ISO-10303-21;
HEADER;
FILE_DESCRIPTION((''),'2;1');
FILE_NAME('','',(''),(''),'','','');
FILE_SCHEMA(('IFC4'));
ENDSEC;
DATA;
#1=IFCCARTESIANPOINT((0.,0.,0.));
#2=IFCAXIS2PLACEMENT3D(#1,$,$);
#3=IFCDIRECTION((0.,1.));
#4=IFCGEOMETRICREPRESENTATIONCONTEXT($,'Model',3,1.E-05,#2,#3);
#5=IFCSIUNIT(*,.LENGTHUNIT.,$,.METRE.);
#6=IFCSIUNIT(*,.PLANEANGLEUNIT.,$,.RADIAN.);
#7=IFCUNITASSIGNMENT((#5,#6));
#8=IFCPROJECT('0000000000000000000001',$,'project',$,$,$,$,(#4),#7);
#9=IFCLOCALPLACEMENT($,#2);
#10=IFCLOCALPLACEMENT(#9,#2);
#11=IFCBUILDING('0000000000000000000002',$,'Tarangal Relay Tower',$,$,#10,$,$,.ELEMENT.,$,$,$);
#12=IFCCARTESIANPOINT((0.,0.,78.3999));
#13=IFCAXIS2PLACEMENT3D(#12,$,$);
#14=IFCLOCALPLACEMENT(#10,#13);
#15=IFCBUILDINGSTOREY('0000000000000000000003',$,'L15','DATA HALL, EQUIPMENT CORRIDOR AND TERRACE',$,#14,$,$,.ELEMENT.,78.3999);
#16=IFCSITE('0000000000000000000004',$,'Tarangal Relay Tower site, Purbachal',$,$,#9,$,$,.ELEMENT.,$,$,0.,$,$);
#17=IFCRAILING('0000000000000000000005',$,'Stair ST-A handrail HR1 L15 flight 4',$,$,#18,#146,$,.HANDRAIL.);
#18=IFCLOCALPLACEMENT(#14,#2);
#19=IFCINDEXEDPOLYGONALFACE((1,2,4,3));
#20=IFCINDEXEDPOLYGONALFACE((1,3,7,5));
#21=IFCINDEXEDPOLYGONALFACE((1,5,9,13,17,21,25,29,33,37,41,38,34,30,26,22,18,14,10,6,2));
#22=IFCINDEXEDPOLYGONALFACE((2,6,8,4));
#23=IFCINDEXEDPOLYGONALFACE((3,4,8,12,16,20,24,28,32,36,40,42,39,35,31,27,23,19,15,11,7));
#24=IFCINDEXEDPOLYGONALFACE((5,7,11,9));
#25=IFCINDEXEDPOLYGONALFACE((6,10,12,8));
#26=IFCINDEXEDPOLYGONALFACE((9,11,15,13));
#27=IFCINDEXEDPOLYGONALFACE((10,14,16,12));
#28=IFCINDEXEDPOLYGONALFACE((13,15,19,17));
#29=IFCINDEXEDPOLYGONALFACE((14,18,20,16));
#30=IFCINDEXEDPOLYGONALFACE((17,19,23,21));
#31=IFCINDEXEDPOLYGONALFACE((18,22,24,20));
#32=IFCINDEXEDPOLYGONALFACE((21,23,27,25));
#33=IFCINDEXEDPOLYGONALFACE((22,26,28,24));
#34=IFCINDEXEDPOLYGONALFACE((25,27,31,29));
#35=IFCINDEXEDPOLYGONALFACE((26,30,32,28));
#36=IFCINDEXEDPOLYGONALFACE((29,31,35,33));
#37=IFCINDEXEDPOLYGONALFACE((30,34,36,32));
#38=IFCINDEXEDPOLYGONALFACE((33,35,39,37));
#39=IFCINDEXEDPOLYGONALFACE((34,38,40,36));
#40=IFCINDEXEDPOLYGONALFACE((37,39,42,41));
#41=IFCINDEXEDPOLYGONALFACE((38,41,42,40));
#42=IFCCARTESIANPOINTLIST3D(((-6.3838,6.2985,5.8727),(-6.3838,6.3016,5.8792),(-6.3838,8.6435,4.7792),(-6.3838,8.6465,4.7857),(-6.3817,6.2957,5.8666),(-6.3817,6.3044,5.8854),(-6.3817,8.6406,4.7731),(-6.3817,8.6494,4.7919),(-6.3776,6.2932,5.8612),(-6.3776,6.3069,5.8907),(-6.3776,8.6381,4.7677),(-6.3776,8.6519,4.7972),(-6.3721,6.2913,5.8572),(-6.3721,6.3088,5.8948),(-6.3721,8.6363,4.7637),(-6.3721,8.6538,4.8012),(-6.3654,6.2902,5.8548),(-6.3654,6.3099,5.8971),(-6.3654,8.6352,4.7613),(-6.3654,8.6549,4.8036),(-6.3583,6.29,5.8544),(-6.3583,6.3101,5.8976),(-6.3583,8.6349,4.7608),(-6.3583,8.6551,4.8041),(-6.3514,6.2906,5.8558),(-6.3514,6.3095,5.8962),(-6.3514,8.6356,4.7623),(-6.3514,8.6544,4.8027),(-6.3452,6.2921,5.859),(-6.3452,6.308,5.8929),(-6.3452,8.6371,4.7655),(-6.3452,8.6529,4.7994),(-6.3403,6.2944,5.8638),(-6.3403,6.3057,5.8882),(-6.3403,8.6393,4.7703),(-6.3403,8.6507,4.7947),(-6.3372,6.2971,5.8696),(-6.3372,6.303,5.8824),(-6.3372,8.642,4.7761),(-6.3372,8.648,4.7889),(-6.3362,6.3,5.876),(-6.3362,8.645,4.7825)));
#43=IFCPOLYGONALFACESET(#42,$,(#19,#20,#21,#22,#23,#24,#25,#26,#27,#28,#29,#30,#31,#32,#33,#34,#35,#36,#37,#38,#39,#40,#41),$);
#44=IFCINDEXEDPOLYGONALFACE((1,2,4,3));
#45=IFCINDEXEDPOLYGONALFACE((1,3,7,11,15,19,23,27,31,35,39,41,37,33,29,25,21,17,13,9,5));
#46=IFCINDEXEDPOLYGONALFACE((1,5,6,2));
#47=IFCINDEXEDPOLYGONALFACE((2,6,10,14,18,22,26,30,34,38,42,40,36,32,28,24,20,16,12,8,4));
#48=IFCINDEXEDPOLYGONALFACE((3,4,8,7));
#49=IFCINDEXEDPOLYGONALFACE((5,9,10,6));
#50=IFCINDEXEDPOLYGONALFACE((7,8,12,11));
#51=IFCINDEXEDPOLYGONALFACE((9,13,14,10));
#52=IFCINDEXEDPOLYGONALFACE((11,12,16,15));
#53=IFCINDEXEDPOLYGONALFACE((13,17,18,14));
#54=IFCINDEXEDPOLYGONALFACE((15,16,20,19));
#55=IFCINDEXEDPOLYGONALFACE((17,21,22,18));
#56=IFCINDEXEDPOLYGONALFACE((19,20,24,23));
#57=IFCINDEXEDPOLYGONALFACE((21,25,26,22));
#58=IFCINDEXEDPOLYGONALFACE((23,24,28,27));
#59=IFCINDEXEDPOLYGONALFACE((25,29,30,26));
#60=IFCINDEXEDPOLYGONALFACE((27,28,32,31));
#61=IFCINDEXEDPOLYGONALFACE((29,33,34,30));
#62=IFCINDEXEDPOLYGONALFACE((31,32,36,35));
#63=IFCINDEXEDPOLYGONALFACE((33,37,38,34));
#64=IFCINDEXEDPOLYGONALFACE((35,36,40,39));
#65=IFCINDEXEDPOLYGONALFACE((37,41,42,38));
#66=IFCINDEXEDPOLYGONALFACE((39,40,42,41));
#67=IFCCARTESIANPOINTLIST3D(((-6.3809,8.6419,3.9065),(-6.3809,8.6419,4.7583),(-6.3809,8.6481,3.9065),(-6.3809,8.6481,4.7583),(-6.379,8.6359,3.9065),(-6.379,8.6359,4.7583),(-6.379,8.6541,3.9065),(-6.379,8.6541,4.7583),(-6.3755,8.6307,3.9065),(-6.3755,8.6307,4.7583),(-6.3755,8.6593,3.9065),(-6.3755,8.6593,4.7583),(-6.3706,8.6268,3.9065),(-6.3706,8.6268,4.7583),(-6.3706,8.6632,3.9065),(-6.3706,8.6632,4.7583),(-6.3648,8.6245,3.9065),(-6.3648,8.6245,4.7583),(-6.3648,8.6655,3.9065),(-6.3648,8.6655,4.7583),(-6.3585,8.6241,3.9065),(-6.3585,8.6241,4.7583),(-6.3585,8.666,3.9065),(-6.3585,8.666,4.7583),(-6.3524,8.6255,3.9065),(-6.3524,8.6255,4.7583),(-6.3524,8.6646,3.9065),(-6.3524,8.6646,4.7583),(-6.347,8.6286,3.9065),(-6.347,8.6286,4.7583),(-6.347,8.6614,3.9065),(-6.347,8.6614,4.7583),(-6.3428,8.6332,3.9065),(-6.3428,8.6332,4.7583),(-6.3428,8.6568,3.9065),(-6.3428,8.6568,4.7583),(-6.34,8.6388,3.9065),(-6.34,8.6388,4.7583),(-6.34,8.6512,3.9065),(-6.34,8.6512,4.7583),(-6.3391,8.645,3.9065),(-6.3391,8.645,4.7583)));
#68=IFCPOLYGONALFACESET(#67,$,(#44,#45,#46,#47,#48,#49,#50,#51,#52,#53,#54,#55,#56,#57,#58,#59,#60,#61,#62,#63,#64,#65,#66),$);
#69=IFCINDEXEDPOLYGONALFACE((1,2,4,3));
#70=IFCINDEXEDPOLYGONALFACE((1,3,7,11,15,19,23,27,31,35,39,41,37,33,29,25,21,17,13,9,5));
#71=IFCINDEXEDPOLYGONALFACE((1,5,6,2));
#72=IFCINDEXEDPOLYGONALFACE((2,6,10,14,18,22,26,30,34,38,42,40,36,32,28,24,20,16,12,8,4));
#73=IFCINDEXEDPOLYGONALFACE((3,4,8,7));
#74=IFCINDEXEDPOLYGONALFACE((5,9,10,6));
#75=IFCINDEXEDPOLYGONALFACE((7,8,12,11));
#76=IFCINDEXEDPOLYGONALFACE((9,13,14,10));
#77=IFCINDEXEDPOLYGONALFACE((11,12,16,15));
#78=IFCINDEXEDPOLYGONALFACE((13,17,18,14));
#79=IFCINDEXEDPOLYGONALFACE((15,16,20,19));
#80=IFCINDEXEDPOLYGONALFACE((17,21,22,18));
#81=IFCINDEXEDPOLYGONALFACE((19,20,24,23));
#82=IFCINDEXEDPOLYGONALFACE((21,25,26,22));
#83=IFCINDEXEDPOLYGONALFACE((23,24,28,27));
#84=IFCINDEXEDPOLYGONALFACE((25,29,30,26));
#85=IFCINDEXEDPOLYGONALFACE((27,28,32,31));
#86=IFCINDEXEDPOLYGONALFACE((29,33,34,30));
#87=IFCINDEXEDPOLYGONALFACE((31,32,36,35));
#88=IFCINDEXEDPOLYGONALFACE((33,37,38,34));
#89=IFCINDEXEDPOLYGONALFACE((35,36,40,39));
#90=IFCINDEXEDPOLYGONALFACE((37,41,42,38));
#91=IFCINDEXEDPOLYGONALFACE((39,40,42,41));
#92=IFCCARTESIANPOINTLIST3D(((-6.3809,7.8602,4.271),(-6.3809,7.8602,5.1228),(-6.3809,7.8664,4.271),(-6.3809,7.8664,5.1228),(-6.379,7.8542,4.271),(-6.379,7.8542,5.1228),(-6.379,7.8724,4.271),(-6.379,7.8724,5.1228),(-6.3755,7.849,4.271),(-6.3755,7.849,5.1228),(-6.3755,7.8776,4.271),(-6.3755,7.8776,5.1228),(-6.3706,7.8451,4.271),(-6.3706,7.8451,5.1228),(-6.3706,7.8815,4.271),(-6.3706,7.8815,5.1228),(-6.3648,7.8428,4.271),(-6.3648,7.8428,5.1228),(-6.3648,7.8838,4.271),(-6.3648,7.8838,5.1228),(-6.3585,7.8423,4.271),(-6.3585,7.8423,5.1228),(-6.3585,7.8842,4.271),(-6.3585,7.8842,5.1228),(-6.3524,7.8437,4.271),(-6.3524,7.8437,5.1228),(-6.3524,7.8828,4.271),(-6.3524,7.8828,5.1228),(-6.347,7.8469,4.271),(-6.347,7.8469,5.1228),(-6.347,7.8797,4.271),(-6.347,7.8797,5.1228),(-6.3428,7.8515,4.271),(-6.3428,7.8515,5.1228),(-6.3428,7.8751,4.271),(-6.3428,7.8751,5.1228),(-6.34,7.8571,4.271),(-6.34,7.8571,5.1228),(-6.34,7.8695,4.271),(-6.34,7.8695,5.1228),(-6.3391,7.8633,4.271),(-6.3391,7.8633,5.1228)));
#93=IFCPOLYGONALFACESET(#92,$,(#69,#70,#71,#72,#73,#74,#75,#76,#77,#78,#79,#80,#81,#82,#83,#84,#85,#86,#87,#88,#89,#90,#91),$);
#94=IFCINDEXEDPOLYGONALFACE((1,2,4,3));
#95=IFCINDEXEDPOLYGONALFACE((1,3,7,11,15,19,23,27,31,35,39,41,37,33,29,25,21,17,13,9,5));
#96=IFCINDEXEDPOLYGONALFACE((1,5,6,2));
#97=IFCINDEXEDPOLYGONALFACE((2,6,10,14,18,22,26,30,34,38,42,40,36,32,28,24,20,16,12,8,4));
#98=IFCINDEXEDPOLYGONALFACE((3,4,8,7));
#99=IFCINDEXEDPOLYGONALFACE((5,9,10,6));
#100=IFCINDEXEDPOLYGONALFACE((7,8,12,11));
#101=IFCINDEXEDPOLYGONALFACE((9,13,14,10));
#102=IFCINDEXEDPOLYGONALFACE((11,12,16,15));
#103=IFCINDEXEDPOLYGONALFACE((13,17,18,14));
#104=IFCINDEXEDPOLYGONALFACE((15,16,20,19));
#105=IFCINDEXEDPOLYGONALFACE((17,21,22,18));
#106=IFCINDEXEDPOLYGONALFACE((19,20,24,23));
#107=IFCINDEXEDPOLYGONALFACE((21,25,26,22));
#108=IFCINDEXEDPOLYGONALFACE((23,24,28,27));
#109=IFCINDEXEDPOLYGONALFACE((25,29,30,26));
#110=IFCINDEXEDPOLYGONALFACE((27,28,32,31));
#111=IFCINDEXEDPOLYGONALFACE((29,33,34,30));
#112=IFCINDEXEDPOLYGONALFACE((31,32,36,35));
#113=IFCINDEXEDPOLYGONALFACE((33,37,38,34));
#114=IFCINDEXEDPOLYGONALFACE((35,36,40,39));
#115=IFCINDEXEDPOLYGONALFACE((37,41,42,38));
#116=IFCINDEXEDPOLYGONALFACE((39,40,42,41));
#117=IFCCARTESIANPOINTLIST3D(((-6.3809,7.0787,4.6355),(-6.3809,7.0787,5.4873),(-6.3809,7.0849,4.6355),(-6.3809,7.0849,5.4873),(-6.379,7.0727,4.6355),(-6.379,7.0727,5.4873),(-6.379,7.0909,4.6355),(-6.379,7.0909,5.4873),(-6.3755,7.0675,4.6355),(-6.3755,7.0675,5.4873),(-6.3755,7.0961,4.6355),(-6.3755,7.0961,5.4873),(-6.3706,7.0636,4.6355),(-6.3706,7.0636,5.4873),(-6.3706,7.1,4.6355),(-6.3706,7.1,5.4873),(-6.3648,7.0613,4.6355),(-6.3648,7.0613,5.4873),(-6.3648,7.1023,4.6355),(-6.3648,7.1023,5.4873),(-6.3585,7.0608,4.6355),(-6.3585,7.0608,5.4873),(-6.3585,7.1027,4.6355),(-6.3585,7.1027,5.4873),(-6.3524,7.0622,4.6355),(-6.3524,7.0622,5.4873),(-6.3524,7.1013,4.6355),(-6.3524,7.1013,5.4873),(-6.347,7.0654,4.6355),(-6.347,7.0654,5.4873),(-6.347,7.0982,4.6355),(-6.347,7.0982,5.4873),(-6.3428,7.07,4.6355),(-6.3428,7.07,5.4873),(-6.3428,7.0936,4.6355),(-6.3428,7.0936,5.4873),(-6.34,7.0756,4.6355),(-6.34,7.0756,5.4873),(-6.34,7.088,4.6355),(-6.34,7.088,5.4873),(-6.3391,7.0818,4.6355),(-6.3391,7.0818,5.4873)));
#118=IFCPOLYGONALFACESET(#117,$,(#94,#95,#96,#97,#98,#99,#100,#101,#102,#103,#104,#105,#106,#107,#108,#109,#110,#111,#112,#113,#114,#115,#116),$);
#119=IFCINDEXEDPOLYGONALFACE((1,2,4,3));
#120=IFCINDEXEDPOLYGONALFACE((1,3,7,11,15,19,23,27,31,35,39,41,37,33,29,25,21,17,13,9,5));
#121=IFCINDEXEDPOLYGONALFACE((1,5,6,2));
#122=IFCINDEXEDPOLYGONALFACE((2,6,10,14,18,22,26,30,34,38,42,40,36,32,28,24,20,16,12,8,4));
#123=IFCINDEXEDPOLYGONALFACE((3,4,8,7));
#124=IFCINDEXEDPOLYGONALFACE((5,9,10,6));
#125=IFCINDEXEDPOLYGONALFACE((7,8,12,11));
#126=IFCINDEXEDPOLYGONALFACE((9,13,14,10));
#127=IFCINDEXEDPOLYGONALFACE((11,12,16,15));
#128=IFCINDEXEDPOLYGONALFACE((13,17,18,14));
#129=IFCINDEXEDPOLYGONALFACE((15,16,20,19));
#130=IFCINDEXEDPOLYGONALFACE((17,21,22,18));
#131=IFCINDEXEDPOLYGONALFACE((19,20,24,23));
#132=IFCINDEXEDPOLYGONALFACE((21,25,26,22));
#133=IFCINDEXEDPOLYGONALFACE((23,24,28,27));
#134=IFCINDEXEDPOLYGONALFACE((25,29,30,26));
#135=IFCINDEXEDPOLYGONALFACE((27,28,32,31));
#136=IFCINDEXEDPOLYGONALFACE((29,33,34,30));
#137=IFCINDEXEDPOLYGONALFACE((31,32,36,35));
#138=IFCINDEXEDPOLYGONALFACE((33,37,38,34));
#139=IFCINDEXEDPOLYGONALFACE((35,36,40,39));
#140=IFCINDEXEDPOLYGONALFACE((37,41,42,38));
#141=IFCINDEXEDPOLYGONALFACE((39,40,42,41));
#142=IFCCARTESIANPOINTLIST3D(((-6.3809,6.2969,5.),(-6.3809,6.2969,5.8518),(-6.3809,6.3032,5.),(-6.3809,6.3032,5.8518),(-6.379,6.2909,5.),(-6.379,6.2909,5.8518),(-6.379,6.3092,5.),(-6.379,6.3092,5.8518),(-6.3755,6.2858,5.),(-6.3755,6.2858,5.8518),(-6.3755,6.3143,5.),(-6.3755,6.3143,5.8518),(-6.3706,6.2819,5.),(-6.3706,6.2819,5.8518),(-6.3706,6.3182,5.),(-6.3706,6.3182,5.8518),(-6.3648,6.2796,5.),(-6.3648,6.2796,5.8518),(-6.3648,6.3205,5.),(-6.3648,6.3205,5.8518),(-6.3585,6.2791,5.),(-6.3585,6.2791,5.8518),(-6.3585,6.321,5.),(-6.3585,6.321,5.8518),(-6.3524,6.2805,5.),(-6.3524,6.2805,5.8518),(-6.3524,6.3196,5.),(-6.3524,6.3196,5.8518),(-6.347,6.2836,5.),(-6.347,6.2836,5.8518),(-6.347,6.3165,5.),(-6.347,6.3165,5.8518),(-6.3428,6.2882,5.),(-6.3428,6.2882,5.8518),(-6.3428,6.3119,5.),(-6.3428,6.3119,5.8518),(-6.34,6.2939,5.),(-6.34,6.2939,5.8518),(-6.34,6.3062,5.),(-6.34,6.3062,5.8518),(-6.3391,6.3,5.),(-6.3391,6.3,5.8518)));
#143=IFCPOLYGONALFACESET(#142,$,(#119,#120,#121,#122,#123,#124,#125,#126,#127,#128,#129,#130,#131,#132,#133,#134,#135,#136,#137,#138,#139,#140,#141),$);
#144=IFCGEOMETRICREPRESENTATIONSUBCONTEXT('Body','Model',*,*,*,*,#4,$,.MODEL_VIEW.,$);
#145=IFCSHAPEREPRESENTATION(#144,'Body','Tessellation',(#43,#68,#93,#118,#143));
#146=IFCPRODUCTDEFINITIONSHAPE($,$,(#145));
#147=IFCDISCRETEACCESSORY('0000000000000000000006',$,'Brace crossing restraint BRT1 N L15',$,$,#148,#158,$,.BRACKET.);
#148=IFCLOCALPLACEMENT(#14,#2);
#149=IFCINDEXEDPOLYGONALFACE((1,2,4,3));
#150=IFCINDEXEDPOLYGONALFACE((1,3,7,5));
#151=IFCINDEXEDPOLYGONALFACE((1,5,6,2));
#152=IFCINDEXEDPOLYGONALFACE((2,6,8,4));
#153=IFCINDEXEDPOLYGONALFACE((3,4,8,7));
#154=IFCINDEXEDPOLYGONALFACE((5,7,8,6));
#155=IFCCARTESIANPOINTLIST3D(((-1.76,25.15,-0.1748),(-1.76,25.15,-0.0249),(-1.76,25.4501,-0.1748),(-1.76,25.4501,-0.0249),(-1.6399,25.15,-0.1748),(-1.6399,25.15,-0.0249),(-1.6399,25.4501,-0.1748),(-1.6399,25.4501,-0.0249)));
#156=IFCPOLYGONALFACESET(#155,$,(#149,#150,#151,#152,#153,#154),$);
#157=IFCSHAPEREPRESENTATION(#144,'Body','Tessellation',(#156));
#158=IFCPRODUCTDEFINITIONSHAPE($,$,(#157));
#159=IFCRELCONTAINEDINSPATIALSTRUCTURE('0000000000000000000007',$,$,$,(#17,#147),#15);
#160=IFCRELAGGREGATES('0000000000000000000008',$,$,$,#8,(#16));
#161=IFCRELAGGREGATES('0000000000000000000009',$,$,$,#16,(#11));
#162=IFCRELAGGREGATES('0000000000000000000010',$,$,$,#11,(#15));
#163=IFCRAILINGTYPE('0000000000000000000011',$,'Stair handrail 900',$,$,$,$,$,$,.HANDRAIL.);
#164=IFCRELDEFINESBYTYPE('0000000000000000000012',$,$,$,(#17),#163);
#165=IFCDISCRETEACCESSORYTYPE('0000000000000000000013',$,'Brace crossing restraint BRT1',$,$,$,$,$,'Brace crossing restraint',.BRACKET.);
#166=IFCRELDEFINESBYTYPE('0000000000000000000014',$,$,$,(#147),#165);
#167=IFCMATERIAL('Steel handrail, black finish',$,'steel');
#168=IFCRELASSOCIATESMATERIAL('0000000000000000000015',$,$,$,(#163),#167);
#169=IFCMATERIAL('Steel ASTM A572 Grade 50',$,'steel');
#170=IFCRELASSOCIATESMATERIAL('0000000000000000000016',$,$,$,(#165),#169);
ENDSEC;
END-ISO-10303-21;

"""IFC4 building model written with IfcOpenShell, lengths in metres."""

from ifc_helpers import new_model, si_unit, direction, frame, origin, origin_2d, place, context, subcontext, project, spatial, rectangle, circle, extrude, material, type_object, element, save


model = new_model("IFC4")

# Units and contexts
model_context = context("Model", 3, precision=1e-05, world=origin(), true_north=direction((0.0, 1.0)))
body_context = subcontext(model_context, "Body", "Model", "MODEL_VIEW")
ifc_project = project(units=[si_unit("LENGTHUNIT", "METRE"), si_unit("PLANEANGLEUNIT", "RADIAN")], contexts=[model_context])

# Site, building, storey
site_placement = place(None, origin())
site = spatial("IfcSite", under=ifc_project, at=site_placement, Name="Tarangal Relay Tower site, Purbachal", CompositionType="ELEMENT", RefElevation=0.0)
building_placement = place(site_placement, origin())
building = spatial("IfcBuilding", under=site, at=building_placement, Name="Tarangal Relay Tower", CompositionType="ELEMENT")
storey_placement = place(building_placement, frame((0.0, 0.0, 78.3999)))
storey = spatial("IfcBuildingStorey", under=building, at=storey_placement, Name="L15", Description="DATA HALL, EQUIPMENT CORRIDOR AND TERRACE", CompositionType="ELEMENT", Elevation=78.3999)

# Shared definitions
ifc_material_1 = material(Name="Steel ASTM A572 Grade 50", Category="steel")

# Railing
ifc_material_2 = material(Name="Steel handrail, black finish", Category="steel")
railing_type_1 = type_object("IfcRailingType", Name="Stair handrail 900", PredefinedType="HANDRAIL", material=ifc_material_2)
railing_placement = place(storey_placement, frame((-6.3601, 8.645, 3.9065)))
element("IfcRailing", 1, at=railing_placement, inside=storey, type_object=railing_type_1, Name="Stair ST-A handrail HR1 L15 flight 4", PredefinedType="HANDRAIL", context=body_context, shape_type="SweptSolid", body=[
    extrude(circle(Radius=0.0239, at=origin_2d()), frame((0.0, 0.0, 0.876), z_axis=(0.0, -0.906304, 0.422627), x_axis=(1.0, 0.0, 0.0)), (0.0, 0.0, 1.0), 2.5874),
    extrude(circle(Radius=0.021, at=origin_2d()), origin(), (0.0, 0.0, 1.0), 0.8518),
    extrude(circle(Radius=0.021, at=origin_2d()), frame((0.0, -0.7817, 0.3645)), (0.0, 0.0, 1.0), 0.8518),
    extrude(circle(Radius=0.021, at=origin_2d()), frame((0.0, -1.5632, 0.729)), (0.0, 0.0, 1.0), 0.8518),
    extrude(circle(Radius=0.021, at=origin_2d()), frame((0.0, -2.345, 1.0935)), (0.0, 0.0, 1.0), 0.8518),
])

# Discrete accessory
discrete_accessory_type = type_object("IfcDiscreteAccessoryType", Name="Brace crossing restraint BRT1", ElementType="Brace crossing restraint", PredefinedType="BRACKET", material=ifc_material_1)
discrete_accessory_placement = place(storey_placement, frame((-1.7, 25.3, -0.1748), z_axis=(0.0, 0.0, 1.0), x_axis=(1.0, 0.0, 0.0)))
element("IfcDiscreteAccessory", 2, at=discrete_accessory_placement, inside=storey, type_object=discrete_accessory_type, Name="Brace crossing restraint BRT1 N L15", PredefinedType="BRACKET", context=body_context, shape_type="SweptSolid", body=[
    extrude(rectangle(XDim=0.1201, YDim=0.3, at=origin_2d()), origin(), (0.0, 0.0, 1.0), 0.1499),
])

save(model, "model.ifc")
